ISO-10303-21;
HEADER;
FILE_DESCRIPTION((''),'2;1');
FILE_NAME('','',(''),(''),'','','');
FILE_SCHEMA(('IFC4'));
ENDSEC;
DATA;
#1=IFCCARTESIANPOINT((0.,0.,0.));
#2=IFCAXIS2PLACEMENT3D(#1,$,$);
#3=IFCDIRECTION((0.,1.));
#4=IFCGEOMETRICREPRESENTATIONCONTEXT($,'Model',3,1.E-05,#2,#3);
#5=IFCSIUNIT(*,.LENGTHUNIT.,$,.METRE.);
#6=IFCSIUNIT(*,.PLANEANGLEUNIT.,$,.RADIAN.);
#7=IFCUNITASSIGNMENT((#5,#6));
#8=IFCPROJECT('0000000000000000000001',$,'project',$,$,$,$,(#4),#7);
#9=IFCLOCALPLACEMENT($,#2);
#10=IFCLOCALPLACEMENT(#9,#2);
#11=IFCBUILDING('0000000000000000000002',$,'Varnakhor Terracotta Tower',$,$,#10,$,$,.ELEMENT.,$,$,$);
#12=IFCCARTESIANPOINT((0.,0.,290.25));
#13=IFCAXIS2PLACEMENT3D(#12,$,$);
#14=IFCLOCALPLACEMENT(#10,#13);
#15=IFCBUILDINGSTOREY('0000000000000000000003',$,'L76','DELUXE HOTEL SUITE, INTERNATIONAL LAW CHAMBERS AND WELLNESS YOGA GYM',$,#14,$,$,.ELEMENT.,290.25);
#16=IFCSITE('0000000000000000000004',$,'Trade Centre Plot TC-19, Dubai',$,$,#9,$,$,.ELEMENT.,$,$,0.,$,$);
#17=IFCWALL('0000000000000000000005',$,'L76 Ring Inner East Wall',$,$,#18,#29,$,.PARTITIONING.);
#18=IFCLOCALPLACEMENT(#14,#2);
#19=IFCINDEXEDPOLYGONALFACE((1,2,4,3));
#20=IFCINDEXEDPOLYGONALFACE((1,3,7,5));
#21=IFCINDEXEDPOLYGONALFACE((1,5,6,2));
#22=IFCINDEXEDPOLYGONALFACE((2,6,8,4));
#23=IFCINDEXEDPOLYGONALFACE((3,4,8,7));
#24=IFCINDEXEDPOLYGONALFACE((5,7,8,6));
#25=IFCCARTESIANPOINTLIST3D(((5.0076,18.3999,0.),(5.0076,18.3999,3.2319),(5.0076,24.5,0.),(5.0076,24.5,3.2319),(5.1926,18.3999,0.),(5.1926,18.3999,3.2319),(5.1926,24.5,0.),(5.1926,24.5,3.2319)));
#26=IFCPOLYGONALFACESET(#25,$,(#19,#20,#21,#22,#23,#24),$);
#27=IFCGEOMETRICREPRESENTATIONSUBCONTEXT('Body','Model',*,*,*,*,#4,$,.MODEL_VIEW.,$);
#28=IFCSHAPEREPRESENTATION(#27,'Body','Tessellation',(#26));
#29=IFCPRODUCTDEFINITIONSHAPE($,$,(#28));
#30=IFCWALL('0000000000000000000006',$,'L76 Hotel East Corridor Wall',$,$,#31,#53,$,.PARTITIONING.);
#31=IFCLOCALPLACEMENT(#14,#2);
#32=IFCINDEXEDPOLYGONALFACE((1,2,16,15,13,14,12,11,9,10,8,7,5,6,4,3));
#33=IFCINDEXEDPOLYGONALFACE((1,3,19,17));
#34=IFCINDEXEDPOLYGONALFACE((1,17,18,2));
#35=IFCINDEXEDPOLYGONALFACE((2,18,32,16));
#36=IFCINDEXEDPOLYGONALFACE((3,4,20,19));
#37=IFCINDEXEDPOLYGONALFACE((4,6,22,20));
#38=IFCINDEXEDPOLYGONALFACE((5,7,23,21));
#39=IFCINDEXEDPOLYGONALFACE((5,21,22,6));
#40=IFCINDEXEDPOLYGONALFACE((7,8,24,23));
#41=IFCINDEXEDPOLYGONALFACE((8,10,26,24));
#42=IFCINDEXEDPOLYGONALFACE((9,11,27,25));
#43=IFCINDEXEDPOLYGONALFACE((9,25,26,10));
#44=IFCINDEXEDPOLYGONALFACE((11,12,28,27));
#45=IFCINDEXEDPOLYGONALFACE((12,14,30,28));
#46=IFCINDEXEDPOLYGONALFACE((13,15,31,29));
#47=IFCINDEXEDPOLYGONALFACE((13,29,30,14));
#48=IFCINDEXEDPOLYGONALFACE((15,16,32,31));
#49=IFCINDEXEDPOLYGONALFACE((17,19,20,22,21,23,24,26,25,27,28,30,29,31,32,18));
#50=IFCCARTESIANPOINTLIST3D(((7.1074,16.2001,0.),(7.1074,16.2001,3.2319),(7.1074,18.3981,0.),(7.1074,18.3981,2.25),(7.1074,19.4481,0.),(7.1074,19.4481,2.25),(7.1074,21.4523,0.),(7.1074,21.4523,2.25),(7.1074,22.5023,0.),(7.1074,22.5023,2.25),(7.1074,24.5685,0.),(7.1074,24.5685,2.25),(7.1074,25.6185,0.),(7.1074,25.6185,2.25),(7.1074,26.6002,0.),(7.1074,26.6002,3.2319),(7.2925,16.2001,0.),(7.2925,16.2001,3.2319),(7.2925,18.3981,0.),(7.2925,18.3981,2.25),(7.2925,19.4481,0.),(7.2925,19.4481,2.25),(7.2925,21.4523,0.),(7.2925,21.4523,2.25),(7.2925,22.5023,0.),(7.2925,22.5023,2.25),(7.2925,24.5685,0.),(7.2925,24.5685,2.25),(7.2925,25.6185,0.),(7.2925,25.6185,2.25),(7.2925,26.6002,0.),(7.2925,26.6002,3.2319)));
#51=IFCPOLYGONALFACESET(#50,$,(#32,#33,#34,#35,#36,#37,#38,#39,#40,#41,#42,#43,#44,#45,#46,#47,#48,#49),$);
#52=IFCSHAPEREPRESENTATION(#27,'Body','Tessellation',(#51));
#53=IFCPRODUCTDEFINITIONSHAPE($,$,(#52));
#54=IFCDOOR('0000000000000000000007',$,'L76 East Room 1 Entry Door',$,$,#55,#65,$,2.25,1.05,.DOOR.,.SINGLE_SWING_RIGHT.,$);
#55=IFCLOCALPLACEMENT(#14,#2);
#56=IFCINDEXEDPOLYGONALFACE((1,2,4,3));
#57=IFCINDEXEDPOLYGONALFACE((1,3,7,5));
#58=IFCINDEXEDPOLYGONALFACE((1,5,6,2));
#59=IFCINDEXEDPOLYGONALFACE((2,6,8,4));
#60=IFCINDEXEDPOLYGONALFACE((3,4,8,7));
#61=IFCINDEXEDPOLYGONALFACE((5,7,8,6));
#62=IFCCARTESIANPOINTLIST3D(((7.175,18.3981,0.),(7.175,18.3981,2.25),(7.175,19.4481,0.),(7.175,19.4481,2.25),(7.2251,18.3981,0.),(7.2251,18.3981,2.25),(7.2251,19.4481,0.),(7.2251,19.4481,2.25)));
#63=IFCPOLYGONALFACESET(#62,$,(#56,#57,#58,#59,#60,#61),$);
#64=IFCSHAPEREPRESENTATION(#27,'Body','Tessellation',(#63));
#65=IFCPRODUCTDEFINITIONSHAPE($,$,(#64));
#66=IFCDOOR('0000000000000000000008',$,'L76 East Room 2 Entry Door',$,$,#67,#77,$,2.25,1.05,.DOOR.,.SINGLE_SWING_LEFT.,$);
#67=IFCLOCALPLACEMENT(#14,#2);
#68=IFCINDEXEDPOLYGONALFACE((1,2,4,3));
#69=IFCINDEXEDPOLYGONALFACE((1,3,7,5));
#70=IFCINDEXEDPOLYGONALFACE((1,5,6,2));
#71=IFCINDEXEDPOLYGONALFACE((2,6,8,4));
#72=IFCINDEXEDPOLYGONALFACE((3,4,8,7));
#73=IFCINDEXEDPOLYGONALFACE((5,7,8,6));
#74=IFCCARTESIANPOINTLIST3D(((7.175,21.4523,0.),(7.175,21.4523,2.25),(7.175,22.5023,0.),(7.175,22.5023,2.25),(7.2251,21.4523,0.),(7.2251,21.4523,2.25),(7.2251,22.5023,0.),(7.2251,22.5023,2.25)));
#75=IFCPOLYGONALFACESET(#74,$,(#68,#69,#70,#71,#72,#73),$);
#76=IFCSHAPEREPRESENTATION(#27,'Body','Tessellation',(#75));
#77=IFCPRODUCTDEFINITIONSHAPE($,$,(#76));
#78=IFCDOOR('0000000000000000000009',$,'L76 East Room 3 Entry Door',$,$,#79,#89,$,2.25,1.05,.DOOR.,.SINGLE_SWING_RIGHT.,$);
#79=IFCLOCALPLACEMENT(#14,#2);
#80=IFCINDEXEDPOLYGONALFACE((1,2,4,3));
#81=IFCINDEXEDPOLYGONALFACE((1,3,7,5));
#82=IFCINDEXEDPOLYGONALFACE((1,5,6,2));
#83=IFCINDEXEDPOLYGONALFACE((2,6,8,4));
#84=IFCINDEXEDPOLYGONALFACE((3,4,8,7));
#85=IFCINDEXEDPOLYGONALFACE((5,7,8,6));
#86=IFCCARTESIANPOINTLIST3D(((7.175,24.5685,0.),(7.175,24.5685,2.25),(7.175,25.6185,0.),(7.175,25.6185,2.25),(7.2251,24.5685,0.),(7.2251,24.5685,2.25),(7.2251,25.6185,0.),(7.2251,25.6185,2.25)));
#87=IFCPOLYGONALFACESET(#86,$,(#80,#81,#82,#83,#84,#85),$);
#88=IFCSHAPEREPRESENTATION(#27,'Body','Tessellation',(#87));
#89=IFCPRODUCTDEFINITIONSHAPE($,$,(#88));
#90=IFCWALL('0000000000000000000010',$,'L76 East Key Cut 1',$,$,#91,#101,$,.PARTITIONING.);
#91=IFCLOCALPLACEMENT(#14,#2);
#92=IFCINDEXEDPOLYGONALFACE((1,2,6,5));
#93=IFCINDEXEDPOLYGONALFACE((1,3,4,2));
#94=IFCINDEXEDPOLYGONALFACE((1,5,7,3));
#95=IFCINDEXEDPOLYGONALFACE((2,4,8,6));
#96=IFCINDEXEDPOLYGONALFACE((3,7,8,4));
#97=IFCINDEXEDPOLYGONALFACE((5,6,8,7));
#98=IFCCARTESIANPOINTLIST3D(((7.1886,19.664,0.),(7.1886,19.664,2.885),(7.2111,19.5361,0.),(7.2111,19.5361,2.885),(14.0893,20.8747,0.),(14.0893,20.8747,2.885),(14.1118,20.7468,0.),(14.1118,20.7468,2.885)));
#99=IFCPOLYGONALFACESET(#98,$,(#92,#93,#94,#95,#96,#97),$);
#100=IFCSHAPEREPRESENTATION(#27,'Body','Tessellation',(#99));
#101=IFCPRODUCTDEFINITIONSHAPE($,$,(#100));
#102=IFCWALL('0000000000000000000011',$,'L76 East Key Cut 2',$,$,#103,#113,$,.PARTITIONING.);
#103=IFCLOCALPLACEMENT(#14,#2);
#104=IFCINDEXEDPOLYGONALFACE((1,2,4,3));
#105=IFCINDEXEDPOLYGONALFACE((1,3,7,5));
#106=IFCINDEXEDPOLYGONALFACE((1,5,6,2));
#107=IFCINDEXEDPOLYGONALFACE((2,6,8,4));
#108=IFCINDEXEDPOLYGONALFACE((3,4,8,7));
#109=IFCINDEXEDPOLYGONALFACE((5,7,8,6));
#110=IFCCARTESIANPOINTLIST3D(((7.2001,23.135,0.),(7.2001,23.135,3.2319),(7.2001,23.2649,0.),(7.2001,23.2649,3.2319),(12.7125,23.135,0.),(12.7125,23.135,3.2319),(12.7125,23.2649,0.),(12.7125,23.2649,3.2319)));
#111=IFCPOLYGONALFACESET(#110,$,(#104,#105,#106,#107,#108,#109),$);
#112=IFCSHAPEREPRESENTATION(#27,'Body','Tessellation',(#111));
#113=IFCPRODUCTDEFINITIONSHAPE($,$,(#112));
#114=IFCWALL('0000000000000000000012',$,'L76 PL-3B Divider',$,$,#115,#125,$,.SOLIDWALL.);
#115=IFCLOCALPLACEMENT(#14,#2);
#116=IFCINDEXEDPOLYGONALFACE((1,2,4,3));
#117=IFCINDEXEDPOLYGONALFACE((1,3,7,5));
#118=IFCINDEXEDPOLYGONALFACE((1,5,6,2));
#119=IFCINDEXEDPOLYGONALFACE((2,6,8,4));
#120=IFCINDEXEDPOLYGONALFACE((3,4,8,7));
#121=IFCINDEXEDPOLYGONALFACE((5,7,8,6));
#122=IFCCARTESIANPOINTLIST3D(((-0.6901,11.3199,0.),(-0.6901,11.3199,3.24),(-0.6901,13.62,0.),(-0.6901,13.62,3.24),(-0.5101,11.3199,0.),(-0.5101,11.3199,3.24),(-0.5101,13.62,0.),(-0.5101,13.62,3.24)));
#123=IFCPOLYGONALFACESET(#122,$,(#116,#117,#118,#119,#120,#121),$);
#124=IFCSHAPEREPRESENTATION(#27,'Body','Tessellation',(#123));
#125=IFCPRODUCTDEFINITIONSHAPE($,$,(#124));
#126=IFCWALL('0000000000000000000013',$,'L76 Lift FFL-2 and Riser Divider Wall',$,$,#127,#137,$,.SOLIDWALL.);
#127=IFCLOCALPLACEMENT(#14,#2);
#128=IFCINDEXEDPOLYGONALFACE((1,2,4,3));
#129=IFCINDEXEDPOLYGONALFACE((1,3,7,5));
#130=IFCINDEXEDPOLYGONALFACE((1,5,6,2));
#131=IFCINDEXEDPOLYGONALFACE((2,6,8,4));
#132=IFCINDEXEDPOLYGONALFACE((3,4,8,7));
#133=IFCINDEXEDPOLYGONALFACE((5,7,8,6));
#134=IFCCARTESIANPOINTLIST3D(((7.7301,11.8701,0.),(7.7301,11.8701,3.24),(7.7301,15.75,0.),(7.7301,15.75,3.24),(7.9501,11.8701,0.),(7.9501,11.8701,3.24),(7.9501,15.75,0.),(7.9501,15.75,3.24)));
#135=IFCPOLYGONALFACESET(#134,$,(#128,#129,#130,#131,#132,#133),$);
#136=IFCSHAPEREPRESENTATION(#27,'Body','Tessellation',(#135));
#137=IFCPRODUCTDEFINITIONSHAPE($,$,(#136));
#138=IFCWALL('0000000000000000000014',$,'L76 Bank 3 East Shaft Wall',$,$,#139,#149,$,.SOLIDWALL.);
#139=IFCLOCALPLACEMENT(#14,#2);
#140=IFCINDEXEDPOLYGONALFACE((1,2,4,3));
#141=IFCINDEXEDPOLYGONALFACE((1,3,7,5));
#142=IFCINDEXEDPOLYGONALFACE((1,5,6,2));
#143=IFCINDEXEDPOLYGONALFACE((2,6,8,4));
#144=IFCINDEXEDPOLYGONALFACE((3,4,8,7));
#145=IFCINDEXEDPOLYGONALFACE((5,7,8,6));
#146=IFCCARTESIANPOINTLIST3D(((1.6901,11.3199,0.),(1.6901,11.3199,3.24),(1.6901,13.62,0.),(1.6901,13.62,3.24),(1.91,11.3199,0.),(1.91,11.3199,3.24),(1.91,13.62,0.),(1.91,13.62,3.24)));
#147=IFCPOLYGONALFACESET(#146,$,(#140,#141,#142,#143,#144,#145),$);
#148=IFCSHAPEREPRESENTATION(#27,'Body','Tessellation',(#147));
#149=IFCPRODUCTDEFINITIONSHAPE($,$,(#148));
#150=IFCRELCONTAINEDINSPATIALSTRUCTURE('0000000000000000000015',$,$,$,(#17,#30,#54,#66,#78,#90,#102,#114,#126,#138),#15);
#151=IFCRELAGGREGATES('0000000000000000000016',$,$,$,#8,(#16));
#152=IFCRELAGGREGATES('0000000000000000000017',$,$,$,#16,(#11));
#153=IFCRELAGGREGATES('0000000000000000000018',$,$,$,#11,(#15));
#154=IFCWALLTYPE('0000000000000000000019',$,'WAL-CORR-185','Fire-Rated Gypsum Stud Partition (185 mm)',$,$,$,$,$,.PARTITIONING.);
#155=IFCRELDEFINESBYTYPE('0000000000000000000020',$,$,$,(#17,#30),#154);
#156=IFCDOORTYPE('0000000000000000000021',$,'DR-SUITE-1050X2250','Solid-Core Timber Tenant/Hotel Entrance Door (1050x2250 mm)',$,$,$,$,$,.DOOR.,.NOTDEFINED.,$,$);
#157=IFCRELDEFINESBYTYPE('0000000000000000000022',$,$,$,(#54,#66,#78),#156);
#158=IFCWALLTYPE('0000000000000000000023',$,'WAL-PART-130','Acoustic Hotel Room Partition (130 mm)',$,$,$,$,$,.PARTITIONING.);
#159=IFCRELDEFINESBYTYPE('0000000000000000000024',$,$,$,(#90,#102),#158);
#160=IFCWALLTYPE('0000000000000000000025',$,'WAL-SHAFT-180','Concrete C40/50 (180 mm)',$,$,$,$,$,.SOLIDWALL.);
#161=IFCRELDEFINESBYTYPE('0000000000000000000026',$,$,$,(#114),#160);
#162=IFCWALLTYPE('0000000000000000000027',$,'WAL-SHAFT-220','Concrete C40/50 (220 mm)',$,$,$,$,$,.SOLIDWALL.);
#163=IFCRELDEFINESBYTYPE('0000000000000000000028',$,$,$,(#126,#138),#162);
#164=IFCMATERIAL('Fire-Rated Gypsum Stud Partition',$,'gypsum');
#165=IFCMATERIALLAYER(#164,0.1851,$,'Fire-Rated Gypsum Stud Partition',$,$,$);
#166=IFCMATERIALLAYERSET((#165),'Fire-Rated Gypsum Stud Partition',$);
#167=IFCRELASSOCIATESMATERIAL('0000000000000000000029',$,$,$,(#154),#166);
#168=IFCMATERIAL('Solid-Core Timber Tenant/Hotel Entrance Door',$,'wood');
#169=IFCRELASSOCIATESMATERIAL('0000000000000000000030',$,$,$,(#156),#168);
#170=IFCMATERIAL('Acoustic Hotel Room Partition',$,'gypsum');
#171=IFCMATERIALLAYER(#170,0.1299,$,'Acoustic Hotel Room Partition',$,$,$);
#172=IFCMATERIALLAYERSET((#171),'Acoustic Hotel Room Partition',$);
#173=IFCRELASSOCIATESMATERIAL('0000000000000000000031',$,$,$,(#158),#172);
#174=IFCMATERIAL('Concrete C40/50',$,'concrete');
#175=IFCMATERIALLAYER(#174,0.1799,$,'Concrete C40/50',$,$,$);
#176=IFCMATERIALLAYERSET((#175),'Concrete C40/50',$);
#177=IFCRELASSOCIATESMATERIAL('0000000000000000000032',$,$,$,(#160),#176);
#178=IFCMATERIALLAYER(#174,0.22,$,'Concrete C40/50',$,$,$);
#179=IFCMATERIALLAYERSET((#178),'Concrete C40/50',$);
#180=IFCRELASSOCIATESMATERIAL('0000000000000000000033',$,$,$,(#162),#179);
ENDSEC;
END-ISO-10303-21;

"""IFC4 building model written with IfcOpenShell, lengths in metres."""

from ifc_helpers import new_model, si_unit, direction, frame, frame_2d, origin, place, context, subcontext, project, spatial, rectangle, extrude, source, transform, mapped, material, layer, layer_set, type_object, type_shapes, element, fill, save


model = new_model("IFC4")

# Units and contexts
model_context = context("Model", 3, precision=1e-05, world=origin(), true_north=direction((0.0, 1.0)))
body_context = subcontext(model_context, "Body", "Model", "MODEL_VIEW")
ifc_project = project(units=[si_unit("LENGTHUNIT", "METRE"), si_unit("PLANEANGLEUNIT", "RADIAN")], contexts=[model_context])

# Site, building, storey
site_placement = place(None, origin())
site = spatial("IfcSite", under=ifc_project, at=site_placement, Name="Trade Centre Plot TC-19, Dubai", CompositionType="ELEMENT", RefElevation=0.0)
building_placement = place(site_placement, origin())
building = spatial("IfcBuilding", under=site, at=building_placement, Name="Varnakhor Terracotta Tower", CompositionType="ELEMENT")
storey_placement = place(building_placement, frame((0.0, 0.0, 290.25)))
storey = spatial("IfcBuildingStorey", under=building, at=storey_placement, Name="L76", Description="DELUXE HOTEL SUITE, INTERNATIONAL LAW CHAMBERS AND WELLNESS YOGA GYM", CompositionType="ELEMENT", Elevation=290.25)

# Wall
ifc_material_1 = material(Name="Fire-Rated Gypsum Stud Partition", Category="gypsum")
ifc_layer_1 = layer(ifc_material_1, 0.1851, Name="Fire-Rated Gypsum Stud Partition")
ifc_layer_set_1 = layer_set([ifc_layer_1], Name="Fire-Rated Gypsum Stud Partition")
wall_type_1 = type_object("IfcWallType", Name="WAL-CORR-185", Description="Fire-Rated Gypsum Stud Partition (185 mm)", PredefinedType="PARTITIONING", material=ifc_layer_set_1)
wall_1_placement = place(storey_placement, frame((5.1001, 18.3999, 0.0), z_axis=(0.0, 0.0, 1.0), x_axis=(0.0, 1.0, 0.0)))
element("IfcWall", 1, at=wall_1_placement, inside=storey, type_object=wall_type_1, Name="L76 Ring Inner East Wall", PredefinedType="PARTITIONING", context=body_context, shape_type="SweptSolid", body=[
    extrude(rectangle(XDim=6.1001, YDim=0.1851, at=frame_2d((3.05, 0.0))), origin(), (0.0, 0.0, 1.0), 3.2319),
])

# Wall, openings, doors
wall_2_placement = place(storey_placement, frame((7.2, 16.2, 0.0), z_axis=(0.0, 0.0, 1.0), x_axis=(0.0, 1.0, 0.0)))
wall_2 = element("IfcWall", 2, at=wall_2_placement, inside=storey, type_object=wall_type_1, Name="L76 Hotel East Corridor Wall", PredefinedType="PARTITIONING", context=body_context, shape_type="SweptSolid", body=[
    extrude(rectangle(XDim=10.4001, YDim=0.1851, at=frame_2d((5.2002, 0.0))), origin(), (0.0, 0.0, 1.0), 3.2319),
])
opening_1_placement = place(wall_2_placement, frame((2.1982, 0.0, 0.0)))
opening_1 = element("IfcOpeningElement", 3, at=opening_1_placement, cuts=wall_2, PredefinedType="OPENING", context=body_context, shape_type="SweptSolid", body=[
    extrude(rectangle(XDim=1.05, YDim=2.25, at=frame_2d((0.5249, 1.125))), frame((0.0, 0.1025, 0.0), z_axis=(0.0, -1.0, 0.0), x_axis=(1.0, 0.0, 0.0)), (0.0, 0.0, 1.0), 0.2051),
])
opening_2_placement = place(wall_2_placement, frame((5.2524, 0.0, 0.0)))
opening_2 = element("IfcOpeningElement", 4, at=opening_2_placement, cuts=wall_2, PredefinedType="OPENING", context=body_context, shape_type="SweptSolid", body=[
    extrude(rectangle(XDim=1.05, YDim=2.25, at=frame_2d((0.5249, 1.125))), frame((0.0, 0.1025, 0.0), z_axis=(0.0, -1.0, 0.0), x_axis=(1.0, 0.0, 0.0)), (0.0, 0.0, 1.0), 0.2051),
])
opening_3_placement = place(wall_2_placement, frame((8.3687, 0.0, 0.0)))
opening_3 = element("IfcOpeningElement", 5, at=opening_3_placement, cuts=wall_2, PredefinedType="OPENING", context=body_context, shape_type="SweptSolid", body=[
    extrude(rectangle(XDim=1.05, YDim=2.25, at=frame_2d((0.5249, 1.125))), frame((0.0, 0.1025, 0.0), z_axis=(0.0, -1.0, 0.0), x_axis=(1.0, 0.0, 0.0)), (0.0, 0.0, 1.0), 0.2051),
])
ifc_material_2 = material(Name="Solid-Core Timber Tenant/Hotel Entrance Door", Category="wood")
door_type_1 = type_object("IfcDoorType", Name="DR-SUITE-1050X2250", Description="Solid-Core Timber Tenant/Hotel Entrance Door (1050x2250 mm)", OperationType="NOTDEFINED", PredefinedType="DOOR", material=ifc_material_2)
shared_shape_1 = source(origin(), body_context, "Body", "SweptSolid", [
    extrude(rectangle(XDim=1.05, YDim=2.25, at=frame_2d((0.5249, 1.125))), frame((0.0, 0.0249, 0.0), z_axis=(0.0, -1.0, 0.0), x_axis=(1.0, 0.0, 0.0)), (0.0, 0.0, 1.0), 0.05),
])
type_shapes(door_type_1, [shared_shape_1])
door_1_placement = place(opening_1_placement, origin())
door_1 = element("IfcDoor", 6, at=door_1_placement, inside=storey, type_object=door_type_1, Name="L76 East Room 1 Entry Door", OperationType="SINGLE_SWING_RIGHT", OverallHeight=2.25, OverallWidth=1.05, PredefinedType="DOOR", context=body_context, shape_type="MappedRepresentation", body=[
    mapped(shared_shape_1, transform((0.0, 0.0, 0.0), scale=1.0)),
])
fill(opening_1, door_1)
door_2_placement = place(opening_2_placement, origin())
door_2 = element("IfcDoor", 7, at=door_2_placement, inside=storey, type_object=door_type_1, Name="L76 East Room 2 Entry Door", OperationType="SINGLE_SWING_LEFT", OverallHeight=2.25, OverallWidth=1.05, PredefinedType="DOOR", context=body_context, shape_type="MappedRepresentation", body=[
    mapped(shared_shape_1, transform((0.0, 0.0, 0.0), scale=1.0)),
])
fill(opening_2, door_2)
door_3_placement = place(opening_3_placement, origin())
door_3 = element("IfcDoor", 8, at=door_3_placement, inside=storey, type_object=door_type_1, Name="L76 East Room 3 Entry Door", OperationType="SINGLE_SWING_RIGHT", OverallHeight=2.25, OverallWidth=1.05, PredefinedType="DOOR", context=body_context, shape_type="MappedRepresentation", body=[
    mapped(shared_shape_1, transform((0.0, 0.0, 0.0), scale=1.0)),
])
fill(opening_3, door_3)

# Walls
ifc_material_3 = material(Name="Acoustic Hotel Room Partition", Category="gypsum")
ifc_layer_2 = layer(ifc_material_3, 0.1299, Name="Acoustic Hotel Room Partition")
ifc_layer_set_2 = layer_set([ifc_layer_2], Name="Acoustic Hotel Room Partition")
wall_type_2 = type_object("IfcWallType", Name="WAL-PART-130", Description="Acoustic Hotel Room Partition (130 mm)", PredefinedType="PARTITIONING", material=ifc_layer_set_2)
wall_3_placement = place(storey_placement, frame((7.2, 19.6001, 0.0), z_axis=(0.0, 0.0, 1.0), x_axis=(0.984956, 0.172807, 0.0)))
element("IfcWall", 9, at=wall_3_placement, inside=storey, type_object=wall_type_2, Name="L76 East Key Cut 1", PredefinedType="PARTITIONING", context=body_context, shape_type="SweptSolid", body=[
    extrude(rectangle(XDim=7.0061, YDim=0.1299, at=frame_2d((3.5029, 0.0))), origin(), (0.0, 0.0, 1.0), 2.885),
])
wall_4_placement = place(storey_placement, frame((7.2, 23.2, 0.0), z_axis=(0.0, 0.0, 1.0), x_axis=(1.0, 0.0, 0.0)))
element("IfcWall", 10, at=wall_4_placement, inside=storey, type_object=wall_type_2, Name="L76 East Key Cut 2", PredefinedType="PARTITIONING", context=body_context, shape_type="SweptSolid", body=[
    extrude(rectangle(XDim=5.5125, YDim=0.1299, at=frame_2d((2.7563, 0.0))), origin(), (0.0, 0.0, 1.0), 3.2319),
])
ifc_material_4 = material(Name="Concrete C40/50", Category="concrete")
ifc_layer_3 = layer(ifc_material_4, 0.1799, Name="Concrete C40/50")
ifc_layer_set_3 = layer_set([ifc_layer_3], Name="Concrete C40/50")
wall_type_3 = type_object("IfcWallType", Name="WAL-SHAFT-180", Description="Concrete C40/50 (180 mm)", PredefinedType="SOLIDWALL", material=ifc_layer_set_3)
wall_5_placement = place(storey_placement, frame((-0.6001, 11.3201, 0.0), z_axis=(0.0, 0.0, 1.0), x_axis=(0.0, 1.0, 0.0)))
element("IfcWall", 11, at=wall_5_placement, inside=storey, type_object=wall_type_3, Name="L76 PL-3B Divider", PredefinedType="SOLIDWALL", context=body_context, shape_type="SweptSolid", body=[
    extrude(rectangle(XDim=2.3, YDim=0.1799, at=frame_2d((1.1499, 0.0))), origin(), (0.0, 0.0, 1.0), 3.24),
])
ifc_layer_4 = layer(ifc_material_4, 0.22, Name="Concrete C40/50")
ifc_layer_set_4 = layer_set([ifc_layer_4], Name="Concrete C40/50")
wall_type_4 = type_object("IfcWallType", Name="WAL-SHAFT-220", Description="Concrete C40/50 (220 mm)", PredefinedType="SOLIDWALL", material=ifc_layer_set_4)
wall_6_placement = place(storey_placement, frame((7.8401, 11.8701, 0.0), z_axis=(0.0, 0.0, 1.0), x_axis=(0.0, 1.0, 0.0)))
element("IfcWall", 12, at=wall_6_placement, inside=storey, type_object=wall_type_4, Name="L76 Lift FFL-2 and Riser Divider Wall", PredefinedType="SOLIDWALL", context=body_context, shape_type="SweptSolid", body=[
    extrude(rectangle(XDim=3.8799, YDim=0.22, at=frame_2d((1.9399, 0.0))), origin(), (0.0, 0.0, 1.0), 3.24),
])
wall_7_placement = place(storey_placement, frame((1.8, 11.3201, 0.0), z_axis=(0.0, 0.0, 1.0), x_axis=(0.0, 1.0, 0.0)))
element("IfcWall", 13, at=wall_7_placement, inside=storey, type_object=wall_type_4, Name="L76 Bank 3 East Shaft Wall", PredefinedType="SOLIDWALL", context=body_context, shape_type="SweptSolid", body=[
    extrude(rectangle(XDim=2.3, YDim=0.22, at=frame_2d((1.1499, 0.0))), origin(), (0.0, 0.0, 1.0), 3.24),
])

save(model, "model.ifc")
